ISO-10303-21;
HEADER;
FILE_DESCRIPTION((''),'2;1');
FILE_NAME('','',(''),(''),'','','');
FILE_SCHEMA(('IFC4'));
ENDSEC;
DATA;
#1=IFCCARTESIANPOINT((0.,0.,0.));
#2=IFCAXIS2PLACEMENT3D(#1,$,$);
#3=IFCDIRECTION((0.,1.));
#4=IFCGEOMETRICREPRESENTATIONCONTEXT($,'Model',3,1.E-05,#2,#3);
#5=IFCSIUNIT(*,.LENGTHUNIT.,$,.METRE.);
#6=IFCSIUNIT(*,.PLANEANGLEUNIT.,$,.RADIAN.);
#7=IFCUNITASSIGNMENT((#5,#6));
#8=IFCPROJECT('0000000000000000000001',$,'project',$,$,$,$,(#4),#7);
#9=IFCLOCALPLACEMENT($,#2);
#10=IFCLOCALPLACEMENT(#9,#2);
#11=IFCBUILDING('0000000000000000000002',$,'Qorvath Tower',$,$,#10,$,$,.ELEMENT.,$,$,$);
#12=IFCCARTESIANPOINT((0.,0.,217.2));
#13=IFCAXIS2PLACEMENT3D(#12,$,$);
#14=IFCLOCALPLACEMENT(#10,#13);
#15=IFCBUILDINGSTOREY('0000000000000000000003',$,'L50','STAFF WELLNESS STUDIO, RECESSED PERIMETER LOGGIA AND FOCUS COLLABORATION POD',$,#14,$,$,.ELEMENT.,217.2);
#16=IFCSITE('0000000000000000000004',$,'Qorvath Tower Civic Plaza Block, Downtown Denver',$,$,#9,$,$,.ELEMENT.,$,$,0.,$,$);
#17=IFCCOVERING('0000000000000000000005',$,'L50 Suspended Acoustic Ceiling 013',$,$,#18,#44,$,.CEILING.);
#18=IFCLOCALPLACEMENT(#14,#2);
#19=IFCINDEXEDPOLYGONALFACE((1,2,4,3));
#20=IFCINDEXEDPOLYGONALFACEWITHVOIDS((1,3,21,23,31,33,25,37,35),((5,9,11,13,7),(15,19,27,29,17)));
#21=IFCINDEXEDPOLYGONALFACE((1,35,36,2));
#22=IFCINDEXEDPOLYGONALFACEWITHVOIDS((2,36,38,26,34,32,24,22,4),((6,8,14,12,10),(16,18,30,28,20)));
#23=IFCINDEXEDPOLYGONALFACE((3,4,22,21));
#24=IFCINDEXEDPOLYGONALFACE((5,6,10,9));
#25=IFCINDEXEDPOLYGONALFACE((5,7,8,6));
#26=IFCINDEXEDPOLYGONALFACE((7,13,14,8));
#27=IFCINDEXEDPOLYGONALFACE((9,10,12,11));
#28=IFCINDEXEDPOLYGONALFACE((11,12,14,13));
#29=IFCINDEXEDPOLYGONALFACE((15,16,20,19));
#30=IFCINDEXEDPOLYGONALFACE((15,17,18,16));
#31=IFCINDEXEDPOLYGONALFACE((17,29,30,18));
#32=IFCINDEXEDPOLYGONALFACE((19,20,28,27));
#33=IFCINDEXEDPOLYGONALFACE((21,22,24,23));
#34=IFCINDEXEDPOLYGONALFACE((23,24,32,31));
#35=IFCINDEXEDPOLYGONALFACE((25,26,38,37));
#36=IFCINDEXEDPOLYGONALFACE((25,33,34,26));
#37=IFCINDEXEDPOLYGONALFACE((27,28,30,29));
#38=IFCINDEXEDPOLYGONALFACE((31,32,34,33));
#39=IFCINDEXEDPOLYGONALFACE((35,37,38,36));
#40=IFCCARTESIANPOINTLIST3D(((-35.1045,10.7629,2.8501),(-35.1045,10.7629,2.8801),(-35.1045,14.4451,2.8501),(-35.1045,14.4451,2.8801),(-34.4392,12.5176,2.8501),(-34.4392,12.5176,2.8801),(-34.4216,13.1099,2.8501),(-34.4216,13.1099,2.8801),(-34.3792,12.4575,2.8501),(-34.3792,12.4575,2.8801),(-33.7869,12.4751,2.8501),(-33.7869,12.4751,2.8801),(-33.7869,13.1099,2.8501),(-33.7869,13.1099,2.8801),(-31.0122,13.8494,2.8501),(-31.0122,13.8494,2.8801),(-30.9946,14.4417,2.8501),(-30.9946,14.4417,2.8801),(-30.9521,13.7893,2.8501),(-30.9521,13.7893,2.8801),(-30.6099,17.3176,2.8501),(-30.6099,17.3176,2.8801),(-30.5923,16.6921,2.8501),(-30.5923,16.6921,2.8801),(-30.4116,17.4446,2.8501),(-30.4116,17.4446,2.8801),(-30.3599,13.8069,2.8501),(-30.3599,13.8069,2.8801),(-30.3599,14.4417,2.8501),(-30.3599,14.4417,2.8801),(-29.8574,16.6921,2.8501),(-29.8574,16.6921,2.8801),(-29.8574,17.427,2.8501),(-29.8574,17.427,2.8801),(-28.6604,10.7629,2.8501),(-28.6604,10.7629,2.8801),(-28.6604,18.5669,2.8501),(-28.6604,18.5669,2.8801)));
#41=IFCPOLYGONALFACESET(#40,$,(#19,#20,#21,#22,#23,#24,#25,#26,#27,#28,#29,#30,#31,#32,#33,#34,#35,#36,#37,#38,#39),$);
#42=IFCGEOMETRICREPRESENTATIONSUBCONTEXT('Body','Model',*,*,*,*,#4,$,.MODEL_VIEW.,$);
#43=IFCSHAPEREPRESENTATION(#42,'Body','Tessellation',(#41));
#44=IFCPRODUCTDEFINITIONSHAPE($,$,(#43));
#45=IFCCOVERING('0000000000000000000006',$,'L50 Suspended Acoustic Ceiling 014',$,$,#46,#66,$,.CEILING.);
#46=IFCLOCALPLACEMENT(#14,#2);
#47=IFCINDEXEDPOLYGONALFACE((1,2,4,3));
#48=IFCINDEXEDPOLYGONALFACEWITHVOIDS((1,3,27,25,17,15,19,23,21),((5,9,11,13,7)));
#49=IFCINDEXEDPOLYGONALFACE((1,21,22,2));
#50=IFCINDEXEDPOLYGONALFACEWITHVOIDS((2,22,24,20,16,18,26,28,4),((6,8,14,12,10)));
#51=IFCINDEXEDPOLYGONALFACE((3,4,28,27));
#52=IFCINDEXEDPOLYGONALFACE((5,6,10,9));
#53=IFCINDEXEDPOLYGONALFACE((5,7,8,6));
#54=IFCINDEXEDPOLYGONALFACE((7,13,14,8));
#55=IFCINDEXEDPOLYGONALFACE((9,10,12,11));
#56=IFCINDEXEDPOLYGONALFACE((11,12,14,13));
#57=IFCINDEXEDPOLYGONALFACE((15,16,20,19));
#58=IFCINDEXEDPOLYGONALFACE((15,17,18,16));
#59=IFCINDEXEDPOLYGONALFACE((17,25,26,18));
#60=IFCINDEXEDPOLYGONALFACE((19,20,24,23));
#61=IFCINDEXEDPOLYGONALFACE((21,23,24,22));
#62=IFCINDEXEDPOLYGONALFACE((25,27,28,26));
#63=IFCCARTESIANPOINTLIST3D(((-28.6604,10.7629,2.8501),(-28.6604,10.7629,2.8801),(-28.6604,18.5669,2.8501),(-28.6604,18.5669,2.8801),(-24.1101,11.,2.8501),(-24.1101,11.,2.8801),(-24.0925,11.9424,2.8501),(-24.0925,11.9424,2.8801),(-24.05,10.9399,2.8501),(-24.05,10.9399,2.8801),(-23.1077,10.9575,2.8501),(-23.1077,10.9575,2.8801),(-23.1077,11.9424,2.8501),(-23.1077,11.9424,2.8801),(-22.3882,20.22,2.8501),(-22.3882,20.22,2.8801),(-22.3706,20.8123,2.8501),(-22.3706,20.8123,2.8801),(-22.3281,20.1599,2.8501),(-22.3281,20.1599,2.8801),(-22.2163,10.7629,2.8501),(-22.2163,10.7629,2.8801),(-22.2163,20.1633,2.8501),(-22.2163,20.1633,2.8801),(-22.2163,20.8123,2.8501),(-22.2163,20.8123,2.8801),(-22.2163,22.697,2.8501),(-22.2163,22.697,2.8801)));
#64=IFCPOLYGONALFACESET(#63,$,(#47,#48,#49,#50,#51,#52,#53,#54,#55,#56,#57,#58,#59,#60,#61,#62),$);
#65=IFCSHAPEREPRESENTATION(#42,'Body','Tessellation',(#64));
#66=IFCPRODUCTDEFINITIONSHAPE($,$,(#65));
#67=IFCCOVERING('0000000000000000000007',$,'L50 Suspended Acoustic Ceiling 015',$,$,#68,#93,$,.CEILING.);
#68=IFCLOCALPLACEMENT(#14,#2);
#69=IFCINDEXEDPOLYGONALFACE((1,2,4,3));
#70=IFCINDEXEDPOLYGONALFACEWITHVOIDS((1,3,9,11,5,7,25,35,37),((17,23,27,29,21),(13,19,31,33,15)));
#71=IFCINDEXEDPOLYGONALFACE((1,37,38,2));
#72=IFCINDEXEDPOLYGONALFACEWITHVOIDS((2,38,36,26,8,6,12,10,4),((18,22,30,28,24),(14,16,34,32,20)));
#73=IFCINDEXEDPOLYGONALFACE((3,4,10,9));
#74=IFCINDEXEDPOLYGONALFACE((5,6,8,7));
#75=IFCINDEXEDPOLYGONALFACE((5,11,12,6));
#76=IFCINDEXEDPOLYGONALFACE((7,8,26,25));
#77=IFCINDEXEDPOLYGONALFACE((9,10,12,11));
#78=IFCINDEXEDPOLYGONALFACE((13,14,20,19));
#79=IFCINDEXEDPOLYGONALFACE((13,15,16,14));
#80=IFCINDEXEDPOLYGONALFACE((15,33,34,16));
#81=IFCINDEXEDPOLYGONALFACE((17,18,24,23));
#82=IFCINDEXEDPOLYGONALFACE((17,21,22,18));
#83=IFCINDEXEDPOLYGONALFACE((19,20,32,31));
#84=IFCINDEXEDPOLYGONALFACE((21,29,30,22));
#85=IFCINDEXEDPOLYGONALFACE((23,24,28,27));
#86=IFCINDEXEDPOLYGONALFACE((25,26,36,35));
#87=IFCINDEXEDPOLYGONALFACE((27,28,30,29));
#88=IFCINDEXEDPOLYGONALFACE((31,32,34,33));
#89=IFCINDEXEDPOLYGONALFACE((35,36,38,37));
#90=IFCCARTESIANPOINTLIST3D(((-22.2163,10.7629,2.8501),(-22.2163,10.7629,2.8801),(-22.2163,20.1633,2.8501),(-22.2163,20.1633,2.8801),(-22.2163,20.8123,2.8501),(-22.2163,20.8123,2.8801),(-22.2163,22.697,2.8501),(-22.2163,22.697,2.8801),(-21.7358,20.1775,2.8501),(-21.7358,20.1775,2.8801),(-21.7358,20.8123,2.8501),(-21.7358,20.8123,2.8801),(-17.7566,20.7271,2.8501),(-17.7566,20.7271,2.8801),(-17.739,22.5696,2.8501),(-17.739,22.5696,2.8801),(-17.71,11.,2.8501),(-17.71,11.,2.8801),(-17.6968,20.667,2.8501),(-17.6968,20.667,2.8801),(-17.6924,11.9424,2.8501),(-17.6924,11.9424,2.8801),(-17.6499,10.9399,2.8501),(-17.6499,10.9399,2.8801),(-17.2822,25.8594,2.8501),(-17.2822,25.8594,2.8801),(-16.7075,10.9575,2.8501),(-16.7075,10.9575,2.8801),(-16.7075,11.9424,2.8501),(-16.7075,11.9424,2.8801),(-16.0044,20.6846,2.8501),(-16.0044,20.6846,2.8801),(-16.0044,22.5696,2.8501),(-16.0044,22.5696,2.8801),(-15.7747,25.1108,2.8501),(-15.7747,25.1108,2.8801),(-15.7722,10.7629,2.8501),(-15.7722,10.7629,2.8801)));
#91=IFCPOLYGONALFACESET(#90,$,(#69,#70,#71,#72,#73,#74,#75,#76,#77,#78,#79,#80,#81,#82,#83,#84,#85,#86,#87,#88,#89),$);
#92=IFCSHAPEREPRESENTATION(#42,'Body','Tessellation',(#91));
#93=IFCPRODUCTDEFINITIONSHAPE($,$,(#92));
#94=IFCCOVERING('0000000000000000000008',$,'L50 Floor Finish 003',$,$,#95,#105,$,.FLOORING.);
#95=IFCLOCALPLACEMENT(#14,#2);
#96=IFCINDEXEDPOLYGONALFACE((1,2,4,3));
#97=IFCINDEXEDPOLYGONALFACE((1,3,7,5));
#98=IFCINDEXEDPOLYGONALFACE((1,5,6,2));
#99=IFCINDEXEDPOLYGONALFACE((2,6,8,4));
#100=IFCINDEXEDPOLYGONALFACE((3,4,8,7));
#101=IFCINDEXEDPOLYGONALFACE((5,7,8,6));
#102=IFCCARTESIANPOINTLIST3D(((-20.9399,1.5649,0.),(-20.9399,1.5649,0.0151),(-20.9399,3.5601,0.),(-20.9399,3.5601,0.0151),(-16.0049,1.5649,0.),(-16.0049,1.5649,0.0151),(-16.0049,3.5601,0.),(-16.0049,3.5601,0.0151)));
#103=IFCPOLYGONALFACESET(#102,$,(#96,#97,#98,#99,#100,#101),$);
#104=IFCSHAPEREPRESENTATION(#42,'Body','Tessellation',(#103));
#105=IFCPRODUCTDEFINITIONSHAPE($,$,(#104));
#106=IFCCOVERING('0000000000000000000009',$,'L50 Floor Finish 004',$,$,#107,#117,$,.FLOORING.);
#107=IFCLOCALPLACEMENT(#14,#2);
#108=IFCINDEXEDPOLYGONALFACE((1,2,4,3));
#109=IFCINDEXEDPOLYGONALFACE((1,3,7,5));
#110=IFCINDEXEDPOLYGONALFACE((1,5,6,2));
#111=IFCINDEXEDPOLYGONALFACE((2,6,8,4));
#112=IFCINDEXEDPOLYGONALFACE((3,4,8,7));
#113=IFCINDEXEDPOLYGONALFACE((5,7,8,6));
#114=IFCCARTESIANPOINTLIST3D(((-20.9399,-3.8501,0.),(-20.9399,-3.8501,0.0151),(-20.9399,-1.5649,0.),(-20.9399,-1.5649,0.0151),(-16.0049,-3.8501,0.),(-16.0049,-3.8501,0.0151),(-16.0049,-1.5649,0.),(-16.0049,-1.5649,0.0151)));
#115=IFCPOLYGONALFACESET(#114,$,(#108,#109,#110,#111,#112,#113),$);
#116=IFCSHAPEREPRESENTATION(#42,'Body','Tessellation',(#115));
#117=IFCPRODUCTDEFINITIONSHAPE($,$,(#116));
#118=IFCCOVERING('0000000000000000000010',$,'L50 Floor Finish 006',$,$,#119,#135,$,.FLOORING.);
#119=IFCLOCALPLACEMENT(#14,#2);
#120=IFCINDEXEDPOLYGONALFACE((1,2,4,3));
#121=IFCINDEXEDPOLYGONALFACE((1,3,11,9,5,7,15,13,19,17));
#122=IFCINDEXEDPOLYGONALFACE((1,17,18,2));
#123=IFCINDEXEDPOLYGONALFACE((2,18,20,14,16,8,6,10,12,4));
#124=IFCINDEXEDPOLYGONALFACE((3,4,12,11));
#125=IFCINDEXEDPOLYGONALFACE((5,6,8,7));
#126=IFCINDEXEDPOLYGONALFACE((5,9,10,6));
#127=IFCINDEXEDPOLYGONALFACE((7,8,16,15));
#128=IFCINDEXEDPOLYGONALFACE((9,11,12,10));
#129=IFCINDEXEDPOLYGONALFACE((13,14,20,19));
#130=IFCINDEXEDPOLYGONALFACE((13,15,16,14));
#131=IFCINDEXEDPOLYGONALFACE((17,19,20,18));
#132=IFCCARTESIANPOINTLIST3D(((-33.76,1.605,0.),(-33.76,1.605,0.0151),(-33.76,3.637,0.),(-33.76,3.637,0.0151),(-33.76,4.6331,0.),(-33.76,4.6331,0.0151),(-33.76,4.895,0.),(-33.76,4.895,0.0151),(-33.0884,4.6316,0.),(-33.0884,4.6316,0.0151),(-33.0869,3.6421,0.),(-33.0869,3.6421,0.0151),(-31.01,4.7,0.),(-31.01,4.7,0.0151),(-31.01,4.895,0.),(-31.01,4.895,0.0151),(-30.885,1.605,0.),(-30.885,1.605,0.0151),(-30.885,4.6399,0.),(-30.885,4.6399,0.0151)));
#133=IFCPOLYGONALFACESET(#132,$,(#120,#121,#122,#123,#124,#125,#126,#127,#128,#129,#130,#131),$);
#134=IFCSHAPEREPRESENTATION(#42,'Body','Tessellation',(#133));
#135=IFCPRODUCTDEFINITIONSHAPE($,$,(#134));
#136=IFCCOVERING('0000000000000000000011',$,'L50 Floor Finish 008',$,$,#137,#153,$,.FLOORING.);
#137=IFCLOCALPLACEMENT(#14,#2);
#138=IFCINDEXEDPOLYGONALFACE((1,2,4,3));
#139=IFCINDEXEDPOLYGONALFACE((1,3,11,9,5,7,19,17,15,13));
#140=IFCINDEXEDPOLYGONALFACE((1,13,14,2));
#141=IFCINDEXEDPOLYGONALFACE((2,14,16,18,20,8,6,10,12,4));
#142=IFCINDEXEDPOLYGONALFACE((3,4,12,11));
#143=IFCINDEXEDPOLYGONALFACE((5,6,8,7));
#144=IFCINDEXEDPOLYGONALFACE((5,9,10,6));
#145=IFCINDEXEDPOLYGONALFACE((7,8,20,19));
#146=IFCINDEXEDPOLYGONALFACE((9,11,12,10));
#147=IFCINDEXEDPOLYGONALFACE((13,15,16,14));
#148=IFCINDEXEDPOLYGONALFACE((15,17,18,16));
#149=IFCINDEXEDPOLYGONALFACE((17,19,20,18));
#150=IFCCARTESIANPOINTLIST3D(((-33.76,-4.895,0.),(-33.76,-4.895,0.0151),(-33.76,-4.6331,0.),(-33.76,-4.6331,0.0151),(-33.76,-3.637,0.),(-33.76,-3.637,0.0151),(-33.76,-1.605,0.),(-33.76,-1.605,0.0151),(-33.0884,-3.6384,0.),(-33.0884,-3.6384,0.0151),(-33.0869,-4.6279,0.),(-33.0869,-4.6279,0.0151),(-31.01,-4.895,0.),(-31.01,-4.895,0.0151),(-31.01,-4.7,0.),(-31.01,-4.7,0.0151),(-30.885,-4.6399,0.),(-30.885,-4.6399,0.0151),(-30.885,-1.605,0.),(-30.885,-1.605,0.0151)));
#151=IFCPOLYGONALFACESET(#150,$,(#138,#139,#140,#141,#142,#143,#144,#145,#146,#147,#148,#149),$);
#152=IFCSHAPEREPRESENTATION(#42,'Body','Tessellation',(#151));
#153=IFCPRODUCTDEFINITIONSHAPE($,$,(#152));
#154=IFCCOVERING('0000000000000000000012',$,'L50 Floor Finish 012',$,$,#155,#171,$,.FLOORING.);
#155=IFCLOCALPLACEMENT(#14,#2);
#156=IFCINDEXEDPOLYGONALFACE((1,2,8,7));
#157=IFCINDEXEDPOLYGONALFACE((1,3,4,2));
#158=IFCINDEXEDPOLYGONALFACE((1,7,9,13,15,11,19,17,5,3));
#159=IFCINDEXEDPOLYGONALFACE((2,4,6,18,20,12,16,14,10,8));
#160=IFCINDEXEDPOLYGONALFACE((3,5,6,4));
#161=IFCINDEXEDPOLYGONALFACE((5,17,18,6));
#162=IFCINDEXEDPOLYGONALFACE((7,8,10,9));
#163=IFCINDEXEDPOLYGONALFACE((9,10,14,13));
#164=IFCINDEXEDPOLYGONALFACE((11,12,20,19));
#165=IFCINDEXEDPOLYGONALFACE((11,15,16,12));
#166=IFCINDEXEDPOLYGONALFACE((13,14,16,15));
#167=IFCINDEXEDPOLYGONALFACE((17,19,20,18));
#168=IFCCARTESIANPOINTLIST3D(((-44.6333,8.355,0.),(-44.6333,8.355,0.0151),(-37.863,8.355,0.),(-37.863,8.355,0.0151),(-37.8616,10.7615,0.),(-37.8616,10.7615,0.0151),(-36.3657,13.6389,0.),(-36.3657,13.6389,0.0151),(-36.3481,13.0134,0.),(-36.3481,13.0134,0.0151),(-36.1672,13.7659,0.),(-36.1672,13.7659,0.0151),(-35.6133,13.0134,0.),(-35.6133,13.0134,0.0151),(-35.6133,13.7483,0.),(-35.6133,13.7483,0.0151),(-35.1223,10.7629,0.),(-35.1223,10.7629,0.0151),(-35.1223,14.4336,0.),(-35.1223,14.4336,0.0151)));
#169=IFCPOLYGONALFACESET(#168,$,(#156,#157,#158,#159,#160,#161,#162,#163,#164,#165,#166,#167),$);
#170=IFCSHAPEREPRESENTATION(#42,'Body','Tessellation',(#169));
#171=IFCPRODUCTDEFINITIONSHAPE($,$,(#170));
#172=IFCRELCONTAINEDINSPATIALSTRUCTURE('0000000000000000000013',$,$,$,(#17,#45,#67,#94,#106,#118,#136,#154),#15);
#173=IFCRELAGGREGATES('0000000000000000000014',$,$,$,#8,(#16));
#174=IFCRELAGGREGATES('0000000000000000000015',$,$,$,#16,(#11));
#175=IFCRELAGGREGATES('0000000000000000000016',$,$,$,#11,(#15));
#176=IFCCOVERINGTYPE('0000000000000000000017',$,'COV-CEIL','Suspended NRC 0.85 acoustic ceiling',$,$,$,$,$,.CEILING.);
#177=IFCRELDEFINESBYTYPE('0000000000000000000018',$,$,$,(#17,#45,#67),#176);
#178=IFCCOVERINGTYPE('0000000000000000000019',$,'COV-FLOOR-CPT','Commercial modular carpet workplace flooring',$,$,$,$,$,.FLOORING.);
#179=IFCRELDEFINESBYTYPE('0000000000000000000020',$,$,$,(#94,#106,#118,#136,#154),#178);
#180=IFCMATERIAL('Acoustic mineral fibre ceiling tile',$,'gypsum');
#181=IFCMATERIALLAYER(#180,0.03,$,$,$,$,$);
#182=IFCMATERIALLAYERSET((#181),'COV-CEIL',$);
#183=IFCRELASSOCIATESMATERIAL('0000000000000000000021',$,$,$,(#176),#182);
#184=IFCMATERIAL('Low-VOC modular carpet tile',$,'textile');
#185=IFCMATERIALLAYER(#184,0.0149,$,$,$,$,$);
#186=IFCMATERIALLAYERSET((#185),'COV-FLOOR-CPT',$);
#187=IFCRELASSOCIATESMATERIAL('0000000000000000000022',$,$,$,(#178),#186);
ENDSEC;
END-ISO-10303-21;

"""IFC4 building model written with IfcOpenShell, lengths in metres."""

from ifc_helpers import new_model, si_unit, direction, frame, origin, place, context, subcontext, project, spatial, polyline, outline, extrude, material, layer, layer_set, type_object, element, save


model = new_model("IFC4")

# Units and contexts
model_context = context("Model", 3, precision=1e-05, world=origin(), true_north=direction((0.0, 1.0)))
body_context = subcontext(model_context, "Body", "Model", "MODEL_VIEW")
ifc_project = project(units=[si_unit("LENGTHUNIT", "METRE"), si_unit("PLANEANGLEUNIT", "RADIAN")], contexts=[model_context])

# Site, building, storey
site_placement = place(None, origin())
site = spatial("IfcSite", under=ifc_project, at=site_placement, Name="Qorvath Tower Civic Plaza Block, Downtown Denver", CompositionType="ELEMENT", RefElevation=0.0)
building_placement = place(site_placement, origin())
building = spatial("IfcBuilding", under=site, at=building_placement, Name="Qorvath Tower", CompositionType="ELEMENT")
storey_placement = place(building_placement, frame((0.0, 0.0, 217.2)))
storey = spatial("IfcBuildingStorey", under=building, at=storey_placement, Name="L50", Description="STAFF WELLNESS STUDIO, RECESSED PERIMETER LOGGIA AND FOCUS COLLABORATION POD", CompositionType="ELEMENT", Elevation=217.2)

# Coverings
ifc_material_1 = material(Name="Acoustic mineral fibre ceiling tile", Category="gypsum")
ifc_layer_1 = layer(ifc_material_1, 0.03)
ifc_layer_set_1 = layer_set([ifc_layer_1], Name="COV-CEIL")
covering_type_1 = type_object("IfcCoveringType", Name="COV-CEIL", Description="Suspended NRC 0.85 acoustic ceiling", PredefinedType="CEILING", material=ifc_layer_set_1)
covering_1_placement = place(storey_placement, frame((0.0, 0.0, 2.8501)))
element("IfcCovering", 1, at=covering_1_placement, inside=storey, type_object=covering_type_1, Name="L50 Suspended Acoustic Ceiling 013", PredefinedType="CEILING", context=body_context, shape_type="SweptSolid", body=[
    extrude(outline(polyline([(-28.6604, 10.7629), (-28.6604, 18.5669), (-30.4116, 17.4446), (-29.8574, 17.427), (-29.8574, 16.6921), (-30.5923, 16.6921), (-30.6099, 17.3176), (-35.1045, 14.4451), (-35.1045, 10.7629), (-28.6604, 10.7629)]), holes=[polyline([(-31.0122, 13.8494), (-30.9946, 14.4417), (-30.3599, 14.4417), (-30.3599, 13.8069), (-30.9521, 13.7893), (-31.0122, 13.8494)]), polyline([(-34.4392, 12.5176), (-34.4216, 13.1099), (-33.7869, 13.1099), (-33.7869, 12.4751), (-34.3792, 12.4575), (-34.4392, 12.5176)])]), origin(), (0.0, 0.0, 1.0), 0.03),
])
covering_2_placement = place(storey_placement, frame((0.0, 0.0, 2.8501)))
element("IfcCovering", 2, at=covering_2_placement, inside=storey, type_object=covering_type_1, Name="L50 Suspended Acoustic Ceiling 014", PredefinedType="CEILING", context=body_context, shape_type="SweptSolid", body=[
    extrude(outline(polyline([(-22.2163, 10.7629), (-22.2163, 20.1633), (-22.3281, 20.1599), (-22.3882, 20.22), (-22.3706, 20.8123), (-22.2163, 20.8123), (-22.2163, 22.697), (-28.6604, 18.5669), (-28.6604, 10.7629), (-22.2163, 10.7629)]), holes=[polyline([(-24.1101, 11.0), (-24.0925, 11.9424), (-23.1077, 11.9424), (-23.1077, 10.9575), (-24.05, 10.9399), (-24.1101, 11.0)])]), origin(), (0.0, 0.0, 1.0), 0.03),
])
covering_3_placement = place(storey_placement, frame((0.0, 0.0, 2.8501)))
element("IfcCovering", 3, at=covering_3_placement, inside=storey, type_object=covering_type_1, Name="L50 Suspended Acoustic Ceiling 015", PredefinedType="CEILING", context=body_context, shape_type="SweptSolid", body=[
    extrude(outline(polyline([(-15.7747, 25.1108), (-17.2822, 25.8594), (-22.2163, 22.697), (-22.2163, 20.8123), (-21.7358, 20.8123), (-21.7358, 20.1775), (-22.2163, 20.1633), (-22.2163, 10.7629), (-15.7722, 10.7629), (-15.7747, 25.1108)]), holes=[polyline([(-17.7566, 20.7271), (-17.739, 22.5696), (-16.0044, 22.5696), (-16.0044, 20.6846), (-17.6968, 20.667), (-17.7566, 20.7271)]), polyline([(-17.71, 11.0), (-17.6924, 11.9424), (-16.7075, 11.9424), (-16.7075, 10.9575), (-17.6499, 10.9399), (-17.71, 11.0)])]), origin(), (0.0, 0.0, 1.0), 0.03),
])
ifc_material_2 = material(Name="Low-VOC modular carpet tile", Category="textile")
ifc_layer_2 = layer(ifc_material_2, 0.0149)
ifc_layer_set_2 = layer_set([ifc_layer_2], Name="COV-FLOOR-CPT")
covering_type_2 = type_object("IfcCoveringType", Name="COV-FLOOR-CPT", Description="Commercial modular carpet workplace flooring", PredefinedType="FLOORING", material=ifc_layer_set_2)
covering_4_placement = place(storey_placement, origin())
element("IfcCovering", 4, at=covering_4_placement, inside=storey, type_object=covering_type_2, Name="L50 Floor Finish 003", PredefinedType="FLOORING", context=body_context, shape_type="SweptSolid", body=[
    extrude(outline(polyline([(-16.0049, 3.5601), (-20.9399, 3.5601), (-20.9399, 1.5649), (-16.0049, 1.5649), (-16.0049, 3.5601)])), origin(), (0.0, 0.0, 1.0), 0.0151),
])
covering_5_placement = place(storey_placement, origin())
element("IfcCovering", 5, at=covering_5_placement, inside=storey, type_object=covering_type_2, Name="L50 Floor Finish 004", PredefinedType="FLOORING", context=body_context, shape_type="SweptSolid", body=[
    extrude(outline(polyline([(-20.9399, -1.5649), (-20.9399, -3.8501), (-16.0049, -3.8501), (-16.0049, -1.5649), (-20.9399, -1.5649)])), origin(), (0.0, 0.0, 1.0), 0.0151),
])
covering_6_placement = place(storey_placement, origin())
element("IfcCovering", 6, at=covering_6_placement, inside=storey, type_object=covering_type_2, Name="L50 Floor Finish 006", PredefinedType="FLOORING", context=body_context, shape_type="SweptSolid", body=[
    extrude(outline(polyline([(-31.01, 4.895), (-33.76, 4.895), (-33.76, 4.6331), (-33.0884, 4.6316), (-33.0869, 3.6421), (-33.76, 3.637), (-33.76, 1.605), (-30.885, 1.605), (-30.885, 4.6399), (-31.01, 4.7), (-31.01, 4.895)])), origin(), (0.0, 0.0, 1.0), 0.0151),
])
covering_7_placement = place(storey_placement, origin())
element("IfcCovering", 7, at=covering_7_placement, inside=storey, type_object=covering_type_2, Name="L50 Floor Finish 008", PredefinedType="FLOORING", context=body_context, shape_type="SweptSolid", body=[
    extrude(outline(polyline([(-30.885, -1.605), (-33.76, -1.605), (-33.76, -3.637), (-33.0884, -3.6384), (-33.0869, -4.6279), (-33.76, -4.6331), (-33.76, -4.895), (-31.01, -4.895), (-31.01, -4.7), (-30.885, -4.6399), (-30.885, -1.605)])), origin(), (0.0, 0.0, 1.0), 0.0151),
])
covering_8_placement = place(storey_placement, origin())
element("IfcCovering", 8, at=covering_8_placement, inside=storey, type_object=covering_type_2, Name="L50 Floor Finish 012", PredefinedType="FLOORING", context=body_context, shape_type="SweptSolid", body=[
    extrude(outline(polyline([(-35.1223, 14.4336), (-36.1672, 13.7659), (-35.6133, 13.7483), (-35.6133, 13.0134), (-36.3481, 13.0134), (-36.3657, 13.6389), (-44.6333, 8.355), (-37.863, 8.355), (-37.8616, 10.7615), (-35.1223, 10.7629), (-35.1223, 14.4336)])), origin(), (0.0, 0.0, 1.0), 0.0151),
])

save(model, "model.ifc")
